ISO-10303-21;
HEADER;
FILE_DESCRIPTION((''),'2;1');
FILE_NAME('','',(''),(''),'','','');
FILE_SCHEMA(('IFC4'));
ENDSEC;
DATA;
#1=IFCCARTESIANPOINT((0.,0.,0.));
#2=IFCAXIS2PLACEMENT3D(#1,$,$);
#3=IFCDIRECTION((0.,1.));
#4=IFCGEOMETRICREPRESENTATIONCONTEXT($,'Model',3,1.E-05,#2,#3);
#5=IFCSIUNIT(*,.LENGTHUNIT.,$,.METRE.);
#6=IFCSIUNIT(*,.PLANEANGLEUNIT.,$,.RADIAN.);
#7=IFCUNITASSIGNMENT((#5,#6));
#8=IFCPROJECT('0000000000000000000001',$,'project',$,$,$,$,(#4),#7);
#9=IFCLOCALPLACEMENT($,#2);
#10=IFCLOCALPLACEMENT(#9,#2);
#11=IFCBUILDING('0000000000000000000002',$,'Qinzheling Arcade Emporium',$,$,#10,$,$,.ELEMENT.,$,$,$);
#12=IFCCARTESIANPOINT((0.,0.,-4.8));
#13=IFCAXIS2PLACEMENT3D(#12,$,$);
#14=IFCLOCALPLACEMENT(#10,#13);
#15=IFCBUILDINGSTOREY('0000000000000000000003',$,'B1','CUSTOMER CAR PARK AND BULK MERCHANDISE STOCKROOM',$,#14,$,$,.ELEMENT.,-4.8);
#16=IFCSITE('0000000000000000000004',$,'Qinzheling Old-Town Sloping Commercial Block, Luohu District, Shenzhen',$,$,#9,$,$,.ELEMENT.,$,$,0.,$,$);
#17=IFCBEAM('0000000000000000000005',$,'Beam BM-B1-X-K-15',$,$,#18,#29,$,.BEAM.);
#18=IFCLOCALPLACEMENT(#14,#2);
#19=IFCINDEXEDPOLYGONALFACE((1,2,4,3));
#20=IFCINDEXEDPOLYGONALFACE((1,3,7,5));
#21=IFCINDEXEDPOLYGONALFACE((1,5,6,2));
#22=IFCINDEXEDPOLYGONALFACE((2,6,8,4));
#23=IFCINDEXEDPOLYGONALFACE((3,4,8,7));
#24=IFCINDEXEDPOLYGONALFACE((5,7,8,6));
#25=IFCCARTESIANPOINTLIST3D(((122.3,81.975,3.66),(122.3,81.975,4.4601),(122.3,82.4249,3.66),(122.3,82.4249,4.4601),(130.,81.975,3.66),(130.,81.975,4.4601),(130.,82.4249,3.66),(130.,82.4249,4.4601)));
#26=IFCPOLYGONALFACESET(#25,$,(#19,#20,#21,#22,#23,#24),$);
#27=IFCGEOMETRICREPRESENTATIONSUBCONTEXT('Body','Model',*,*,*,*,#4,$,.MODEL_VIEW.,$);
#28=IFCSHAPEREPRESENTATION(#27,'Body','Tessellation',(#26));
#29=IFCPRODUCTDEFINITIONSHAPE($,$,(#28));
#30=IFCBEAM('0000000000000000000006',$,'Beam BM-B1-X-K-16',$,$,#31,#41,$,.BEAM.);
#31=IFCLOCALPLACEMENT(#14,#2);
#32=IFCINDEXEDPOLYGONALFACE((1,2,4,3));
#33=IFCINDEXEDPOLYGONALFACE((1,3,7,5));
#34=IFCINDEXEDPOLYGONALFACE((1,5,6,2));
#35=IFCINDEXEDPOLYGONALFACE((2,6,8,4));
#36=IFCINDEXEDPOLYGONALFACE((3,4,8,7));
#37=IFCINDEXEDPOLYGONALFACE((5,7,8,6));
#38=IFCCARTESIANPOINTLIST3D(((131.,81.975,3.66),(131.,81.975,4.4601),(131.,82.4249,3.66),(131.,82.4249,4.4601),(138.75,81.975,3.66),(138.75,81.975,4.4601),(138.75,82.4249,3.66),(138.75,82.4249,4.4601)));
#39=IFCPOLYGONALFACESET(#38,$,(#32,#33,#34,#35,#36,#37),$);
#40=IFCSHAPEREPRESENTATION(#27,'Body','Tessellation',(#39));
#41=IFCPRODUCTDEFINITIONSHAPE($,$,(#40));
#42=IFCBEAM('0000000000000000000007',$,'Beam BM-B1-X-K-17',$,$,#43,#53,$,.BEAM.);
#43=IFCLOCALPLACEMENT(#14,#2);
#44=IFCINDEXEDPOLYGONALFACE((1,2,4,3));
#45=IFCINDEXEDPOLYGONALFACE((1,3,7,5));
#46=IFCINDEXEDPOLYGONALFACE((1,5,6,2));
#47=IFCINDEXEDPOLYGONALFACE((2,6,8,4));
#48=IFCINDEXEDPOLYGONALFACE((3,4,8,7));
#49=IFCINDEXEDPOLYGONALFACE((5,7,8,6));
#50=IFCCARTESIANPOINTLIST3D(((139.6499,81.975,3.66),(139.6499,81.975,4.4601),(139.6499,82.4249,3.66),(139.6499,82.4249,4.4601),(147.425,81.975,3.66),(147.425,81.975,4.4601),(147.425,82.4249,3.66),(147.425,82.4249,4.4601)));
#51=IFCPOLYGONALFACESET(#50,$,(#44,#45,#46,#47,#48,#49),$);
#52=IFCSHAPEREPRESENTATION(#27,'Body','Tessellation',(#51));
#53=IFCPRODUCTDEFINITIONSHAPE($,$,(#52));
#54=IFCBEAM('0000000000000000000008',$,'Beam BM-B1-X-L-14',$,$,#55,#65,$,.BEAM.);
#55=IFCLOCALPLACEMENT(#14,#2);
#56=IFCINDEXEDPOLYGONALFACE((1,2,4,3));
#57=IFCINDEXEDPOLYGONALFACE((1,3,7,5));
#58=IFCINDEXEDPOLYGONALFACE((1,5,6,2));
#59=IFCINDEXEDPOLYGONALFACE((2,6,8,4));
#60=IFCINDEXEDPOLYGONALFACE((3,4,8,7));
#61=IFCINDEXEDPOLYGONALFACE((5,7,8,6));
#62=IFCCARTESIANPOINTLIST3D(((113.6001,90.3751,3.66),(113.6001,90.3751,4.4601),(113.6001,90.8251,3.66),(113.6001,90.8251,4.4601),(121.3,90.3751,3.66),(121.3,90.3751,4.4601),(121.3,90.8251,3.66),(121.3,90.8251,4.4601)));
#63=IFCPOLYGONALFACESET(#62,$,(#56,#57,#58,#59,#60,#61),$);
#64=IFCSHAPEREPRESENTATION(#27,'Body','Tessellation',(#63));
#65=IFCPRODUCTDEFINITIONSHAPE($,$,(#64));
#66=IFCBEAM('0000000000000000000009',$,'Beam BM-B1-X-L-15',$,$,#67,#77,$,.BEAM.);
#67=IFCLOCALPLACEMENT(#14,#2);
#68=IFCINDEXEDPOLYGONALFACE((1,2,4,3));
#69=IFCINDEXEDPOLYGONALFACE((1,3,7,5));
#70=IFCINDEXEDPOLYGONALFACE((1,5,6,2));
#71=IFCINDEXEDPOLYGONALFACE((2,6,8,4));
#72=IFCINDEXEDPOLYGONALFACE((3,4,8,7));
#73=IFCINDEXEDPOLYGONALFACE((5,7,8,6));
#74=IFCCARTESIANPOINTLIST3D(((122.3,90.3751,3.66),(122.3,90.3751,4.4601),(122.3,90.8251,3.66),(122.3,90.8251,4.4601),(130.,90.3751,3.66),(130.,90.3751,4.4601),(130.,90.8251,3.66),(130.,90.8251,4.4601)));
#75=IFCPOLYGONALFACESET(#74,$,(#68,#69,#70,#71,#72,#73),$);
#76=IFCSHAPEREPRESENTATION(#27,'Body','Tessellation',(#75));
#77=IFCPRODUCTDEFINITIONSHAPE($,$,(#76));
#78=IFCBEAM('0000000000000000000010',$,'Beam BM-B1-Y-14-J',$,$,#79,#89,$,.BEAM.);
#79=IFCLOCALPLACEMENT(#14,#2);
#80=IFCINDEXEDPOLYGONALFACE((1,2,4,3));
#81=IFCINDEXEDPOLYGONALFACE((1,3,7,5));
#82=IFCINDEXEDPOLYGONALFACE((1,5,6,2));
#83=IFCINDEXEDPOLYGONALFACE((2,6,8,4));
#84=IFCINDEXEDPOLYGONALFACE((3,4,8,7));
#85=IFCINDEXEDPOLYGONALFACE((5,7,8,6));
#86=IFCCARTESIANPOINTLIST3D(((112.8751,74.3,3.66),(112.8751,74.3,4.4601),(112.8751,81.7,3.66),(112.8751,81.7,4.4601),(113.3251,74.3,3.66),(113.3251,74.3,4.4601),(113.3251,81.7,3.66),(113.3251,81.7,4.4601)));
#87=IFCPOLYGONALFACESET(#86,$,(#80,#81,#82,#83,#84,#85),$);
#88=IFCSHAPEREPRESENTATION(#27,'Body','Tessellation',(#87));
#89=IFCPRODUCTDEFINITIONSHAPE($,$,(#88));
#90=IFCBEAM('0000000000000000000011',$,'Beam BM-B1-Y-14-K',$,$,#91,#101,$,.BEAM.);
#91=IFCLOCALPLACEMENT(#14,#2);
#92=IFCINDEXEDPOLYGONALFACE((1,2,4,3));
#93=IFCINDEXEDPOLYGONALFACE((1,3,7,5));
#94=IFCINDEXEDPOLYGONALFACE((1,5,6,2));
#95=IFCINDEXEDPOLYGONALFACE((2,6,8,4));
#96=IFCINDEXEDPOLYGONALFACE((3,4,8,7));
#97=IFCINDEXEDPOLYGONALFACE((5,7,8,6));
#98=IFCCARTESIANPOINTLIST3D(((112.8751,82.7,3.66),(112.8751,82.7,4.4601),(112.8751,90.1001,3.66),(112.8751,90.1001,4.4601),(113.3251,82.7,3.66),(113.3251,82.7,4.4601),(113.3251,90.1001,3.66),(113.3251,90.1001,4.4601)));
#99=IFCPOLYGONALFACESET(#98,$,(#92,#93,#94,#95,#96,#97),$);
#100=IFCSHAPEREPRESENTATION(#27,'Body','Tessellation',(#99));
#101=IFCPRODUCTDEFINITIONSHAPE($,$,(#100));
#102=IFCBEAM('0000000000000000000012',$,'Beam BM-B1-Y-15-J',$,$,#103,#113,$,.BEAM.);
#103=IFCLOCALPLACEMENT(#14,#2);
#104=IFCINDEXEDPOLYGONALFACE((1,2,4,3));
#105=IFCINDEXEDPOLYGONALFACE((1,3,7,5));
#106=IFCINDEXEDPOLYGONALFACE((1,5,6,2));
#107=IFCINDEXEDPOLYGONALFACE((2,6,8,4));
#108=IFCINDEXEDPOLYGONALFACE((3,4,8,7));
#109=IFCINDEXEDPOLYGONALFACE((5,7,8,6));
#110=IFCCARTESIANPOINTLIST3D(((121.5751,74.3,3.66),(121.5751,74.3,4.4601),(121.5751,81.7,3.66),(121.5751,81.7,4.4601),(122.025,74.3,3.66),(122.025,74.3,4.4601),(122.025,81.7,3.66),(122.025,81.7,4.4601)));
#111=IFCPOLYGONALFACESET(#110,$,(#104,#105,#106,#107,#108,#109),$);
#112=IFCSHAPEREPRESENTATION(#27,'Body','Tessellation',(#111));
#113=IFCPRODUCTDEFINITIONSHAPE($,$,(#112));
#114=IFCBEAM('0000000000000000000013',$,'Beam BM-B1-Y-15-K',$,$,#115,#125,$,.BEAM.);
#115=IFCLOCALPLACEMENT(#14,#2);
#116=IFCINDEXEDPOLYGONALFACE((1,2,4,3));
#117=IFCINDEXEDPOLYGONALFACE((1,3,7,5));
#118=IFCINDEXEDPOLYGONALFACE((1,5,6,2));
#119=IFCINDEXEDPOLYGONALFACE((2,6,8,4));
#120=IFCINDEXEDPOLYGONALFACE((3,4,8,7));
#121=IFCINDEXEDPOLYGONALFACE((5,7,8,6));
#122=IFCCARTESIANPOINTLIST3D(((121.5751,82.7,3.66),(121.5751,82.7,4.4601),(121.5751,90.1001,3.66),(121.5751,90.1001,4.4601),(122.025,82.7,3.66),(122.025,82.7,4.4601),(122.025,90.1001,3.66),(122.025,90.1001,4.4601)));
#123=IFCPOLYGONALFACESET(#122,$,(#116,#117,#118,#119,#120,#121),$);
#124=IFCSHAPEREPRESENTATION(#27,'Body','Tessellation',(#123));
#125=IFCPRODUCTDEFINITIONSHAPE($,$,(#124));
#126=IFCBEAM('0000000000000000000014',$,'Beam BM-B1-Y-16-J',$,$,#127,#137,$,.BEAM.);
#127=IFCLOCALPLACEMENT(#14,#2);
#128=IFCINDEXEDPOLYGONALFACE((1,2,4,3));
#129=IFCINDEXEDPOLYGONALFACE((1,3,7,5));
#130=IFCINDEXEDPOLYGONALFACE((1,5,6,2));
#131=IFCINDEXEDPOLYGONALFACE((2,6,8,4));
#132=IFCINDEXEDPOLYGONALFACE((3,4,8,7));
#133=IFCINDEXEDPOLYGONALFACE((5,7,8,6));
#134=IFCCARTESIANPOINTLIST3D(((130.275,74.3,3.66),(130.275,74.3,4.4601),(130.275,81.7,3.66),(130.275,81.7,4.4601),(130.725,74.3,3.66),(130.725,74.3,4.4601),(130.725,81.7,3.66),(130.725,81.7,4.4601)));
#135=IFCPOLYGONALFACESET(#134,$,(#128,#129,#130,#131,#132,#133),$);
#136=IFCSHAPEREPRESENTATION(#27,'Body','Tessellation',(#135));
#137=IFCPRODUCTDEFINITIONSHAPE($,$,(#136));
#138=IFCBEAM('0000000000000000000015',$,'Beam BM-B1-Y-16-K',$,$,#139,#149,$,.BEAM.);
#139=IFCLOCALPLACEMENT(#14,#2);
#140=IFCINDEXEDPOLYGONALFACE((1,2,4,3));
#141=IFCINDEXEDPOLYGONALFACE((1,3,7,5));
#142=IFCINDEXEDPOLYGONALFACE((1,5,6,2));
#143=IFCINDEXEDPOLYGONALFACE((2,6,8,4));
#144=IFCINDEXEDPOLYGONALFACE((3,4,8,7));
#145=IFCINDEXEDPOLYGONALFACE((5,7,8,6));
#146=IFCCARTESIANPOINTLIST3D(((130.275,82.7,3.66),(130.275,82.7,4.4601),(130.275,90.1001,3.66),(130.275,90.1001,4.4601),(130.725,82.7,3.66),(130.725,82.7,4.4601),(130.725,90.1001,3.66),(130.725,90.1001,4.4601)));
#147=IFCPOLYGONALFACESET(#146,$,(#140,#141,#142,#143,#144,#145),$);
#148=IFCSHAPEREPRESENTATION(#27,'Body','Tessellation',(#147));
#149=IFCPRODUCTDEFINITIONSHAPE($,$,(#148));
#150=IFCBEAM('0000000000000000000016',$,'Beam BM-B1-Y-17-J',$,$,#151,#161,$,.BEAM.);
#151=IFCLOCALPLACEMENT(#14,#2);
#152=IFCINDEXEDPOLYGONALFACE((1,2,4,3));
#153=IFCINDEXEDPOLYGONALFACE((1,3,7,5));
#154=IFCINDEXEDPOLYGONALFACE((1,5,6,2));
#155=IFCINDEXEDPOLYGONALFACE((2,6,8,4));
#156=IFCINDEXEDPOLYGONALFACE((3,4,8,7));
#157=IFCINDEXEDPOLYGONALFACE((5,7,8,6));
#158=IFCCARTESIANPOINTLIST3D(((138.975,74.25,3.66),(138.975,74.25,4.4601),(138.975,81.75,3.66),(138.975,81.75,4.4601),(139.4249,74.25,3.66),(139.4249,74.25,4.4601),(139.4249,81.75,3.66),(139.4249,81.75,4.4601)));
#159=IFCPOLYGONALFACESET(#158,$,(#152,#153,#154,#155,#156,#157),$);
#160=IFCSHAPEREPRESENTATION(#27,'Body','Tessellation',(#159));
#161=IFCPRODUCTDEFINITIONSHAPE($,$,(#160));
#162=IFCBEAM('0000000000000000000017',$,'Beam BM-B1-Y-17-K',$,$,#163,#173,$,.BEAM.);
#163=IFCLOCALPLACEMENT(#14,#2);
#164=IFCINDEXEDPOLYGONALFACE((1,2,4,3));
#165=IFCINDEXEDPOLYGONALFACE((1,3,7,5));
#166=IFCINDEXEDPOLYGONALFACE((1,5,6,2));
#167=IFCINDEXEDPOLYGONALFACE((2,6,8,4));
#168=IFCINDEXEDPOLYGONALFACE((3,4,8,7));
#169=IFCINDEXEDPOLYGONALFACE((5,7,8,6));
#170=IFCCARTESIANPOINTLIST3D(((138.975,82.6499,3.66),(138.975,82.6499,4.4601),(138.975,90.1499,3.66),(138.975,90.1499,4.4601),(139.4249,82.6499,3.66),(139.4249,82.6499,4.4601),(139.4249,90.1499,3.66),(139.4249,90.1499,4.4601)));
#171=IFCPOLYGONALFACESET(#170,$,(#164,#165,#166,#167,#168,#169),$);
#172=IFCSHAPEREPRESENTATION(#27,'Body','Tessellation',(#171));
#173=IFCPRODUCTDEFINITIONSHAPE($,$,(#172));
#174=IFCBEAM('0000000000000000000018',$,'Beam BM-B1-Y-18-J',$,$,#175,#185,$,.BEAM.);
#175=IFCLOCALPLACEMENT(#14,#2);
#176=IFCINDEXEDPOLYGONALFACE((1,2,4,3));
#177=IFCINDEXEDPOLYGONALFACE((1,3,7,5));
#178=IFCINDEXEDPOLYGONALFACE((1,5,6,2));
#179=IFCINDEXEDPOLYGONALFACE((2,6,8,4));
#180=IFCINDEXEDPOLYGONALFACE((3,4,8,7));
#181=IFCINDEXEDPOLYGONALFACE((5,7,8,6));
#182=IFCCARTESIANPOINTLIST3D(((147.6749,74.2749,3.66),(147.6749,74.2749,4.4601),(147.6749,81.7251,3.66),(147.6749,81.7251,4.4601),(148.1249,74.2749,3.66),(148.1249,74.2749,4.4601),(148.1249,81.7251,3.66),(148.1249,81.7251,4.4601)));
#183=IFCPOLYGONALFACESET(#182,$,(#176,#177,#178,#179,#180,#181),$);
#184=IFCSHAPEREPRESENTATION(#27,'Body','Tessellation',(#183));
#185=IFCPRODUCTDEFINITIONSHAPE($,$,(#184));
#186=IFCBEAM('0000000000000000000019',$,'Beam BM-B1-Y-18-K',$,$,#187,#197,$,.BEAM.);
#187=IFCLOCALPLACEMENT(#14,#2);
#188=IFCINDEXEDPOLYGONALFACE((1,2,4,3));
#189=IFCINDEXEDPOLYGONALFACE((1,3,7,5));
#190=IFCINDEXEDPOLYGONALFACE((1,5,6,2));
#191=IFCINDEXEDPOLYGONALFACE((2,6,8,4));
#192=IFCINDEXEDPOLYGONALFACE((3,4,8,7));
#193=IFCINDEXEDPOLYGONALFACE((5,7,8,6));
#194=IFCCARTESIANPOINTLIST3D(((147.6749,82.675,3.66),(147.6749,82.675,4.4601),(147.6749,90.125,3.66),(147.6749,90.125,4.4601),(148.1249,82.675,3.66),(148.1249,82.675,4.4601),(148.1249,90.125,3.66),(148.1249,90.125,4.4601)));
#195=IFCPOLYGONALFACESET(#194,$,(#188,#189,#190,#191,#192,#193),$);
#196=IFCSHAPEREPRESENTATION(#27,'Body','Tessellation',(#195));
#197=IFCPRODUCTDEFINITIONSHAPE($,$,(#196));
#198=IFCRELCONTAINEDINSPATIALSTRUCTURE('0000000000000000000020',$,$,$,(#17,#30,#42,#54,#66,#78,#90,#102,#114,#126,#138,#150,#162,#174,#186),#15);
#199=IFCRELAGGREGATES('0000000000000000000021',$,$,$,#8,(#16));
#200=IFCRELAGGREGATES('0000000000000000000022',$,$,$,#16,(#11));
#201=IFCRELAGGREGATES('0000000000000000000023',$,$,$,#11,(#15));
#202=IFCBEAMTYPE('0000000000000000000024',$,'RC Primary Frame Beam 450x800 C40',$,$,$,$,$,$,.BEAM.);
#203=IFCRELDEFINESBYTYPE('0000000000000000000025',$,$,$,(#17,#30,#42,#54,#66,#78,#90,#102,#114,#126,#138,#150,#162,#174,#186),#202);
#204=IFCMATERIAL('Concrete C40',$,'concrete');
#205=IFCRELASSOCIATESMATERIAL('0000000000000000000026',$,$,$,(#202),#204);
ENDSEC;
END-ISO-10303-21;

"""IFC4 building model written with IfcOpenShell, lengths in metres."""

from ifc_helpers import new_model, si_unit, direction, frame, origin, origin_2d, place, context, subcontext, project, spatial, rectangle, extrude, material, material_profile, profile_set, type_object, element, save


model = new_model("IFC4")

# Units and contexts
model_context = context("Model", 3, precision=1e-05, world=origin(), true_north=direction((0.0, 1.0)))
body_context = subcontext(model_context, "Body", "Model", "MODEL_VIEW")
ifc_project = project(units=[si_unit("LENGTHUNIT", "METRE"), si_unit("PLANEANGLEUNIT", "RADIAN")], contexts=[model_context])

# Site, building, storey
site_placement = place(None, origin())
site = spatial("IfcSite", under=ifc_project, at=site_placement, Name="Qinzheling Old-Town Sloping Commercial Block, Luohu District, Shenzhen", CompositionType="ELEMENT", RefElevation=0.0)
building_placement = place(site_placement, origin())
building = spatial("IfcBuilding", under=site, at=building_placement, Name="Qinzheling Arcade Emporium", CompositionType="ELEMENT")
storey_placement = place(building_placement, frame((0.0, 0.0, -4.8)))
storey = spatial("IfcBuildingStorey", under=building, at=storey_placement, Name="B1", Description="CUSTOMER CAR PARK AND BULK MERCHANDISE STOCKROOM", CompositionType="ELEMENT", Elevation=-4.8)

# Beams
ifc_material_1 = material(Name="Concrete C40", Category="concrete")
ifc_material_profile_1 = material_profile(ifc_material_1, rectangle(XDim=0.45, YDim=0.8, at=origin_2d()), Name="RC 450x800", Category="concrete")
ifc_profile_set_1 = profile_set([ifc_material_profile_1], Name="Concrete C40")
beam_type_1 = type_object("IfcBeamType", Name="RC Primary Frame Beam 450x800 C40", PredefinedType="BEAM", material=ifc_profile_set_1)
for number, where, z_axis, x_axis, name in (
    (1, (122.3, 82.2, 4.0601), (1.0, 0.0, 0.0), (0.0, 1.0, 0.0), "Beam BM-B1-X-K-15"),
):
    element("IfcBeam", number, at=place(storey_placement, frame(where, z_axis=z_axis, x_axis=x_axis)), inside=storey, type_object=beam_type_1, Name=name, PredefinedType="BEAM", context=body_context, shape_type="SweptSolid", body=[
        extrude(rectangle(XDim=0.45, YDim=0.8, at=origin_2d()), origin(), (0.0, 0.0, 1.0), 7.7),
    ])
beam_1_placement = place(storey_placement, frame((131.0, 82.2, 4.0601), z_axis=(1.0, 0.0, 0.0), x_axis=(0.0, 1.0, 0.0)))
element("IfcBeam", 2, at=beam_1_placement, inside=storey, type_object=beam_type_1, Name="Beam BM-B1-X-K-16", PredefinedType="BEAM", context=body_context, shape_type="SweptSolid", body=[
    extrude(rectangle(XDim=0.45, YDim=0.8, at=origin_2d()), origin(), (0.0, 0.0, 1.0), 7.75),
])
beam_2_placement = place(storey_placement, frame((139.6499, 82.2, 4.0601), z_axis=(1.0, 0.0, 0.0), x_axis=(0.0, 1.0, 0.0)))
element("IfcBeam", 3, at=beam_2_placement, inside=storey, type_object=beam_type_1, Name="Beam BM-B1-X-K-17", PredefinedType="BEAM", context=body_context, shape_type="SweptSolid", body=[
    extrude(rectangle(XDim=0.45, YDim=0.8, at=origin_2d()), origin(), (0.0, 0.0, 1.0), 7.7751),
])
for number, where, z_axis, x_axis, name in (
    (4, (113.6001, 90.6001, 4.0601), (1.0, 0.0, 0.0), (0.0, 1.0, 0.0), "Beam BM-B1-X-L-14"),
    (5, (122.3, 90.6001, 4.0601), (1.0, 0.0, 0.0), (0.0, 1.0, 0.0), "Beam BM-B1-X-L-15"),
):
    element("IfcBeam", number, at=place(storey_placement, frame(where, z_axis=z_axis, x_axis=x_axis)), inside=storey, type_object=beam_type_1, Name=name, PredefinedType="BEAM", context=body_context, shape_type="SweptSolid", body=[
        extrude(rectangle(XDim=0.45, YDim=0.8, at=origin_2d()), origin(), (0.0, 0.0, 1.0), 7.7),
    ])
beam_3_placement = place(storey_placement, frame((113.1001, 74.3, 4.0601), z_axis=(0.0, 1.0, 0.0), x_axis=(-1.0, 0.0, 0.0)))
element("IfcBeam", 6, at=beam_3_placement, inside=storey, type_object=beam_type_1, Name="Beam BM-B1-Y-14-J", PredefinedType="BEAM", context=body_context, shape_type="SweptSolid", body=[
    extrude(rectangle(XDim=0.45, YDim=0.8, at=origin_2d()), origin(), (0.0, 0.0, 1.0), 7.3999),
])
beam_4_placement = place(storey_placement, frame((113.1001, 82.7, 4.0601), z_axis=(0.0, 1.0, 0.0), x_axis=(-1.0, 0.0, 0.0)))
element("IfcBeam", 7, at=beam_4_placement, inside=storey, type_object=beam_type_1, Name="Beam BM-B1-Y-14-K", PredefinedType="BEAM", context=body_context, shape_type="SweptSolid", body=[
    extrude(rectangle(XDim=0.45, YDim=0.8, at=origin_2d()), origin(), (0.0, 0.0, 1.0), 7.4001),
])
beam_5_placement = place(storey_placement, frame((121.8, 74.3, 4.0601), z_axis=(0.0, 1.0, 0.0), x_axis=(-1.0, 0.0, 0.0)))
element("IfcBeam", 8, at=beam_5_placement, inside=storey, type_object=beam_type_1, Name="Beam BM-B1-Y-15-J", PredefinedType="BEAM", context=body_context, shape_type="SweptSolid", body=[
    extrude(rectangle(XDim=0.45, YDim=0.8, at=origin_2d()), origin(), (0.0, 0.0, 1.0), 7.3999),
])
beam_6_placement = place(storey_placement, frame((121.8, 82.7, 4.0601), z_axis=(0.0, 1.0, 0.0), x_axis=(-1.0, 0.0, 0.0)))
element("IfcBeam", 9, at=beam_6_placement, inside=storey, type_object=beam_type_1, Name="Beam BM-B1-Y-15-K", PredefinedType="BEAM", context=body_context, shape_type="SweptSolid", body=[
    extrude(rectangle(XDim=0.45, YDim=0.8, at=origin_2d()), origin(), (0.0, 0.0, 1.0), 7.4001),
])
beam_7_placement = place(storey_placement, frame((130.5, 74.3, 4.0601), z_axis=(0.0, 1.0, 0.0), x_axis=(-1.0, 0.0, 0.0)))
element("IfcBeam", 10, at=beam_7_placement, inside=storey, type_object=beam_type_1, Name="Beam BM-B1-Y-16-J", PredefinedType="BEAM", context=body_context, shape_type="SweptSolid", body=[
    extrude(rectangle(XDim=0.45, YDim=0.8, at=origin_2d()), origin(), (0.0, 0.0, 1.0), 7.3999),
])
beam_8_placement = place(storey_placement, frame((130.5, 82.7, 4.0601), z_axis=(0.0, 1.0, 0.0), x_axis=(-1.0, 0.0, 0.0)))
element("IfcBeam", 11, at=beam_8_placement, inside=storey, type_object=beam_type_1, Name="Beam BM-B1-Y-16-K", PredefinedType="BEAM", context=body_context, shape_type="SweptSolid", body=[
    extrude(rectangle(XDim=0.45, YDim=0.8, at=origin_2d()), origin(), (0.0, 0.0, 1.0), 7.4001),
])
for number, where, z_axis, x_axis, name in (
    (12, (139.2, 74.25, 4.0601), (0.0, 1.0, 0.0), (-1.0, 0.0, 0.0), "Beam BM-B1-Y-17-J"),
    (13, (139.2, 82.6499, 4.0601), (0.0, 1.0, 0.0), (-1.0, 0.0, 0.0), "Beam BM-B1-Y-17-K"),
):
    element("IfcBeam", number, at=place(storey_placement, frame(where, z_axis=z_axis, x_axis=x_axis)), inside=storey, type_object=beam_type_1, Name=name, PredefinedType="BEAM", context=body_context, shape_type="SweptSolid", body=[
        extrude(rectangle(XDim=0.45, YDim=0.8, at=origin_2d()), origin(), (0.0, 0.0, 1.0), 7.5),
    ])
beam_9_placement = place(storey_placement, frame((147.8999, 74.2749, 4.0601), z_axis=(0.0, 1.0, 0.0), x_axis=(-1.0, 0.0, 0.0)))
element("IfcBeam", 14, at=beam_9_placement, inside=storey, type_object=beam_type_1, Name="Beam BM-B1-Y-18-J", PredefinedType="BEAM", context=body_context, shape_type="SweptSolid", body=[
    extrude(rectangle(XDim=0.45, YDim=0.8, at=origin_2d()), origin(), (0.0, 0.0, 1.0), 7.4502),
])
beam_10_placement = place(storey_placement, frame((147.8999, 82.675, 4.0601), z_axis=(0.0, 1.0, 0.0), x_axis=(-1.0, 0.0, 0.0)))
element("IfcBeam", 15, at=beam_10_placement, inside=storey, type_object=beam_type_1, Name="Beam BM-B1-Y-18-K", PredefinedType="BEAM", context=body_context, shape_type="SweptSolid", body=[
    extrude(rectangle(XDim=0.45, YDim=0.8, at=origin_2d()), origin(), (0.0, 0.0, 1.0), 7.45),
])

save(model, "model.ifc")
